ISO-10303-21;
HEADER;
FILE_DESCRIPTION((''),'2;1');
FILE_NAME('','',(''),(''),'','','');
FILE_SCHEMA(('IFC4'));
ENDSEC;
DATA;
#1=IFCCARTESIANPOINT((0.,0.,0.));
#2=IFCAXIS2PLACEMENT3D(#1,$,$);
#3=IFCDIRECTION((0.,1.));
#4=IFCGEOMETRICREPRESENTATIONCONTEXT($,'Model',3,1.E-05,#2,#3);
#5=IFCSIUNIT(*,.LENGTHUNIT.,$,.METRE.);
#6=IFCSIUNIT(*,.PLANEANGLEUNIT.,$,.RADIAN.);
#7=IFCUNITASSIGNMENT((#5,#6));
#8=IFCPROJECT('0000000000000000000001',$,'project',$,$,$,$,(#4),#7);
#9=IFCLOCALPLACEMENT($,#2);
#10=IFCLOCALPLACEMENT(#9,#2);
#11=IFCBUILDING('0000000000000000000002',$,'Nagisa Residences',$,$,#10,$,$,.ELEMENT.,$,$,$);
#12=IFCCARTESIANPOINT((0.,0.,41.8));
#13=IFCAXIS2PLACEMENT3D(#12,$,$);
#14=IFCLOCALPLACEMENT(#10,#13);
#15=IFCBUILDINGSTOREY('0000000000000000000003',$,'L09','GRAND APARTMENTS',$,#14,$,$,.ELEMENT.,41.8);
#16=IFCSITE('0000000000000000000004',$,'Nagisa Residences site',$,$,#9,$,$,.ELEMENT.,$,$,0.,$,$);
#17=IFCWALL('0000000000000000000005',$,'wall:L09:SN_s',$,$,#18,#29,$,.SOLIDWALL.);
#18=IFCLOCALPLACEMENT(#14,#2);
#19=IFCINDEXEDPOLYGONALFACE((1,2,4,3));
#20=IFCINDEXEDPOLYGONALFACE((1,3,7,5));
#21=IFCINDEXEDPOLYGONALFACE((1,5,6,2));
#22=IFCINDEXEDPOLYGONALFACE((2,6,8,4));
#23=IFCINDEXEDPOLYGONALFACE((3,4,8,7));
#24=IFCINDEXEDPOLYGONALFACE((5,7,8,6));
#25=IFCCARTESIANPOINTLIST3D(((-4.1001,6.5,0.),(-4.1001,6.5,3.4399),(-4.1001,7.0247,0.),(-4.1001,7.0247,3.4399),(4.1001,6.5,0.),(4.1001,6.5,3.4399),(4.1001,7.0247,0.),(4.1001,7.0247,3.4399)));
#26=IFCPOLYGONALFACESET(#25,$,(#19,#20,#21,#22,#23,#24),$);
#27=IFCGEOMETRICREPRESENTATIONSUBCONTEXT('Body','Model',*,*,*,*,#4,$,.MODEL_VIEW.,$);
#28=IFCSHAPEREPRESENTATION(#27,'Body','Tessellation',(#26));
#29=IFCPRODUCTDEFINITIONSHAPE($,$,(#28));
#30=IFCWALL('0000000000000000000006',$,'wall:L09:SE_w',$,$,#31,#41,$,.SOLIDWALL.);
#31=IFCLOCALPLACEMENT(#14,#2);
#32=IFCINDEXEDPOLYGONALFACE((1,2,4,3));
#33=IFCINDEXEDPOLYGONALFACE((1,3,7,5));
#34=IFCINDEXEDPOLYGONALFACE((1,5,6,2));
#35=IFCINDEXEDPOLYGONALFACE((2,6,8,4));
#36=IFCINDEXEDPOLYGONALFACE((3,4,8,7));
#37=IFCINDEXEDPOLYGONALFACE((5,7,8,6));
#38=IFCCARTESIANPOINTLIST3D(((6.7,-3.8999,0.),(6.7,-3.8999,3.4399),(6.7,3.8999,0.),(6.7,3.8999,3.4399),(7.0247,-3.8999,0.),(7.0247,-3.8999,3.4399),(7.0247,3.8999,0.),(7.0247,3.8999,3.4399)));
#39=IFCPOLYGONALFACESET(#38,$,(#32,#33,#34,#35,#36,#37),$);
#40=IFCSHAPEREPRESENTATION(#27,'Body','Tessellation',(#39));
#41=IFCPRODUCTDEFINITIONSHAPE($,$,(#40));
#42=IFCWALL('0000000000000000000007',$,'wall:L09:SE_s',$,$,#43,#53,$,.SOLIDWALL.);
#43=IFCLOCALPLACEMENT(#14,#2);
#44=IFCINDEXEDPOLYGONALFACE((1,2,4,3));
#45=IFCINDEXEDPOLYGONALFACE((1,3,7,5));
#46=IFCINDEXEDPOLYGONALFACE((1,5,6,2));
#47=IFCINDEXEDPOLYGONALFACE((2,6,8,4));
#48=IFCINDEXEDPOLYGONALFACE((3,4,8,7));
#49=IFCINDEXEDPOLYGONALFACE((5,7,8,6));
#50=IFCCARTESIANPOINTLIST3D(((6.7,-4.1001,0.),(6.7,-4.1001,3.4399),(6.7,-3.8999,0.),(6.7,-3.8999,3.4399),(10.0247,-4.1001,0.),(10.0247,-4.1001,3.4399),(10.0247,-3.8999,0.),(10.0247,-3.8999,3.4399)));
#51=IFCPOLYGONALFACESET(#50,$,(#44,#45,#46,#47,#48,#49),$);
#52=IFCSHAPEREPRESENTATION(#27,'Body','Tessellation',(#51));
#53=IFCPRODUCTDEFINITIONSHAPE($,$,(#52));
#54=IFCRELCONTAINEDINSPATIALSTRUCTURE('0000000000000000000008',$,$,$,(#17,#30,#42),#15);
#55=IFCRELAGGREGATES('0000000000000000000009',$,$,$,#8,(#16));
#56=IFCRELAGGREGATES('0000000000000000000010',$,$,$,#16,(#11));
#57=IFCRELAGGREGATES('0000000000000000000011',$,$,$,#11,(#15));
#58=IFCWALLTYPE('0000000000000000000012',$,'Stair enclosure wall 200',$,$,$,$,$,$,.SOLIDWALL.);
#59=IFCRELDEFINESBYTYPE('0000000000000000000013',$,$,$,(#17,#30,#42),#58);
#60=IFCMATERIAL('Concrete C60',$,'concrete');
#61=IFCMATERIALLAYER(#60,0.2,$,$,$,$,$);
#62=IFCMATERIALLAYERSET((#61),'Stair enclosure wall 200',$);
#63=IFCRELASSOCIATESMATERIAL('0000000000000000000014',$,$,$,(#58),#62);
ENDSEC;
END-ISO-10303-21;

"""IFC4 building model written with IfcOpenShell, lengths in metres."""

from ifc_helpers import new_model, si_unit, direction, frame, origin, place, context, subcontext, project, spatial, polyline, outline, extrude, material, layer, layer_set, type_object, element, save


model = new_model("IFC4")

# Units and contexts
model_context = context("Model", 3, precision=1e-05, world=origin(), true_north=direction((0.0, 1.0)))
body_context = subcontext(model_context, "Body", "Model", "MODEL_VIEW")
ifc_project = project(units=[si_unit("LENGTHUNIT", "METRE"), si_unit("PLANEANGLEUNIT", "RADIAN")], contexts=[model_context])

# Site, building, storey
site_placement = place(None, origin())
site = spatial("IfcSite", under=ifc_project, at=site_placement, Name="Nagisa Residences site", CompositionType="ELEMENT", RefElevation=0.0)
building_placement = place(site_placement, origin())
building = spatial("IfcBuilding", under=site, at=building_placement, Name="Nagisa Residences", CompositionType="ELEMENT")
storey_placement = place(building_placement, frame((0.0, 0.0, 41.8)))
storey = spatial("IfcBuildingStorey", under=building, at=storey_placement, Name="L09", Description="GRAND APARTMENTS", CompositionType="ELEMENT", Elevation=41.8)

# Walls
ifc_material_1 = material(Name="Concrete C60", Category="concrete")
ifc_layer_1 = layer(ifc_material_1, 0.2)
ifc_layer_set_1 = layer_set([ifc_layer_1], Name="Stair enclosure wall 200")
wall_type_1 = type_object("IfcWallType", Name="Stair enclosure wall 200", PredefinedType="SOLIDWALL", material=ifc_layer_set_1)
wall_1_placement = place(storey_placement, origin())
element("IfcWall", 1, at=wall_1_placement, inside=storey, type_object=wall_type_1, Name="wall:L09:SN_s", PredefinedType="SOLIDWALL", context=body_context, shape_type="SweptSolid", body=[
    extrude(outline(polyline([(4.1001, 6.5), (-4.1001, 6.5), (-4.1001, 7.0247), (4.1001, 7.0247), (4.1001, 6.5)])), origin(), (0.0, 0.0, 1.0), 3.4399),
])
wall_2_placement = place(storey_placement, origin())
element("IfcWall", 2, at=wall_2_placement, inside=storey, type_object=wall_type_1, Name="wall:L09:SE_w", PredefinedType="SOLIDWALL", context=body_context, shape_type="SweptSolid", body=[
    extrude(outline(polyline([(7.0247, -3.8999), (6.7, -3.8999), (6.7, 3.8999), (7.0247, 3.8999), (7.0247, -3.8999)])), origin(), (0.0, 0.0, 1.0), 3.4399),
])
wall_3_placement = place(storey_placement, origin())
element("IfcWall", 3, at=wall_3_placement, inside=storey, type_object=wall_type_1, Name="wall:L09:SE_s", PredefinedType="SOLIDWALL", context=body_context, shape_type="SweptSolid", body=[
    extrude(outline(polyline([(10.0247, -4.1001), (6.7, -4.1001), (6.7, -3.8999), (10.0247, -3.8999), (10.0247, -4.1001)])), origin(), (0.0, 0.0, 1.0), 3.4399),
])

save(model, "model.ifc")
